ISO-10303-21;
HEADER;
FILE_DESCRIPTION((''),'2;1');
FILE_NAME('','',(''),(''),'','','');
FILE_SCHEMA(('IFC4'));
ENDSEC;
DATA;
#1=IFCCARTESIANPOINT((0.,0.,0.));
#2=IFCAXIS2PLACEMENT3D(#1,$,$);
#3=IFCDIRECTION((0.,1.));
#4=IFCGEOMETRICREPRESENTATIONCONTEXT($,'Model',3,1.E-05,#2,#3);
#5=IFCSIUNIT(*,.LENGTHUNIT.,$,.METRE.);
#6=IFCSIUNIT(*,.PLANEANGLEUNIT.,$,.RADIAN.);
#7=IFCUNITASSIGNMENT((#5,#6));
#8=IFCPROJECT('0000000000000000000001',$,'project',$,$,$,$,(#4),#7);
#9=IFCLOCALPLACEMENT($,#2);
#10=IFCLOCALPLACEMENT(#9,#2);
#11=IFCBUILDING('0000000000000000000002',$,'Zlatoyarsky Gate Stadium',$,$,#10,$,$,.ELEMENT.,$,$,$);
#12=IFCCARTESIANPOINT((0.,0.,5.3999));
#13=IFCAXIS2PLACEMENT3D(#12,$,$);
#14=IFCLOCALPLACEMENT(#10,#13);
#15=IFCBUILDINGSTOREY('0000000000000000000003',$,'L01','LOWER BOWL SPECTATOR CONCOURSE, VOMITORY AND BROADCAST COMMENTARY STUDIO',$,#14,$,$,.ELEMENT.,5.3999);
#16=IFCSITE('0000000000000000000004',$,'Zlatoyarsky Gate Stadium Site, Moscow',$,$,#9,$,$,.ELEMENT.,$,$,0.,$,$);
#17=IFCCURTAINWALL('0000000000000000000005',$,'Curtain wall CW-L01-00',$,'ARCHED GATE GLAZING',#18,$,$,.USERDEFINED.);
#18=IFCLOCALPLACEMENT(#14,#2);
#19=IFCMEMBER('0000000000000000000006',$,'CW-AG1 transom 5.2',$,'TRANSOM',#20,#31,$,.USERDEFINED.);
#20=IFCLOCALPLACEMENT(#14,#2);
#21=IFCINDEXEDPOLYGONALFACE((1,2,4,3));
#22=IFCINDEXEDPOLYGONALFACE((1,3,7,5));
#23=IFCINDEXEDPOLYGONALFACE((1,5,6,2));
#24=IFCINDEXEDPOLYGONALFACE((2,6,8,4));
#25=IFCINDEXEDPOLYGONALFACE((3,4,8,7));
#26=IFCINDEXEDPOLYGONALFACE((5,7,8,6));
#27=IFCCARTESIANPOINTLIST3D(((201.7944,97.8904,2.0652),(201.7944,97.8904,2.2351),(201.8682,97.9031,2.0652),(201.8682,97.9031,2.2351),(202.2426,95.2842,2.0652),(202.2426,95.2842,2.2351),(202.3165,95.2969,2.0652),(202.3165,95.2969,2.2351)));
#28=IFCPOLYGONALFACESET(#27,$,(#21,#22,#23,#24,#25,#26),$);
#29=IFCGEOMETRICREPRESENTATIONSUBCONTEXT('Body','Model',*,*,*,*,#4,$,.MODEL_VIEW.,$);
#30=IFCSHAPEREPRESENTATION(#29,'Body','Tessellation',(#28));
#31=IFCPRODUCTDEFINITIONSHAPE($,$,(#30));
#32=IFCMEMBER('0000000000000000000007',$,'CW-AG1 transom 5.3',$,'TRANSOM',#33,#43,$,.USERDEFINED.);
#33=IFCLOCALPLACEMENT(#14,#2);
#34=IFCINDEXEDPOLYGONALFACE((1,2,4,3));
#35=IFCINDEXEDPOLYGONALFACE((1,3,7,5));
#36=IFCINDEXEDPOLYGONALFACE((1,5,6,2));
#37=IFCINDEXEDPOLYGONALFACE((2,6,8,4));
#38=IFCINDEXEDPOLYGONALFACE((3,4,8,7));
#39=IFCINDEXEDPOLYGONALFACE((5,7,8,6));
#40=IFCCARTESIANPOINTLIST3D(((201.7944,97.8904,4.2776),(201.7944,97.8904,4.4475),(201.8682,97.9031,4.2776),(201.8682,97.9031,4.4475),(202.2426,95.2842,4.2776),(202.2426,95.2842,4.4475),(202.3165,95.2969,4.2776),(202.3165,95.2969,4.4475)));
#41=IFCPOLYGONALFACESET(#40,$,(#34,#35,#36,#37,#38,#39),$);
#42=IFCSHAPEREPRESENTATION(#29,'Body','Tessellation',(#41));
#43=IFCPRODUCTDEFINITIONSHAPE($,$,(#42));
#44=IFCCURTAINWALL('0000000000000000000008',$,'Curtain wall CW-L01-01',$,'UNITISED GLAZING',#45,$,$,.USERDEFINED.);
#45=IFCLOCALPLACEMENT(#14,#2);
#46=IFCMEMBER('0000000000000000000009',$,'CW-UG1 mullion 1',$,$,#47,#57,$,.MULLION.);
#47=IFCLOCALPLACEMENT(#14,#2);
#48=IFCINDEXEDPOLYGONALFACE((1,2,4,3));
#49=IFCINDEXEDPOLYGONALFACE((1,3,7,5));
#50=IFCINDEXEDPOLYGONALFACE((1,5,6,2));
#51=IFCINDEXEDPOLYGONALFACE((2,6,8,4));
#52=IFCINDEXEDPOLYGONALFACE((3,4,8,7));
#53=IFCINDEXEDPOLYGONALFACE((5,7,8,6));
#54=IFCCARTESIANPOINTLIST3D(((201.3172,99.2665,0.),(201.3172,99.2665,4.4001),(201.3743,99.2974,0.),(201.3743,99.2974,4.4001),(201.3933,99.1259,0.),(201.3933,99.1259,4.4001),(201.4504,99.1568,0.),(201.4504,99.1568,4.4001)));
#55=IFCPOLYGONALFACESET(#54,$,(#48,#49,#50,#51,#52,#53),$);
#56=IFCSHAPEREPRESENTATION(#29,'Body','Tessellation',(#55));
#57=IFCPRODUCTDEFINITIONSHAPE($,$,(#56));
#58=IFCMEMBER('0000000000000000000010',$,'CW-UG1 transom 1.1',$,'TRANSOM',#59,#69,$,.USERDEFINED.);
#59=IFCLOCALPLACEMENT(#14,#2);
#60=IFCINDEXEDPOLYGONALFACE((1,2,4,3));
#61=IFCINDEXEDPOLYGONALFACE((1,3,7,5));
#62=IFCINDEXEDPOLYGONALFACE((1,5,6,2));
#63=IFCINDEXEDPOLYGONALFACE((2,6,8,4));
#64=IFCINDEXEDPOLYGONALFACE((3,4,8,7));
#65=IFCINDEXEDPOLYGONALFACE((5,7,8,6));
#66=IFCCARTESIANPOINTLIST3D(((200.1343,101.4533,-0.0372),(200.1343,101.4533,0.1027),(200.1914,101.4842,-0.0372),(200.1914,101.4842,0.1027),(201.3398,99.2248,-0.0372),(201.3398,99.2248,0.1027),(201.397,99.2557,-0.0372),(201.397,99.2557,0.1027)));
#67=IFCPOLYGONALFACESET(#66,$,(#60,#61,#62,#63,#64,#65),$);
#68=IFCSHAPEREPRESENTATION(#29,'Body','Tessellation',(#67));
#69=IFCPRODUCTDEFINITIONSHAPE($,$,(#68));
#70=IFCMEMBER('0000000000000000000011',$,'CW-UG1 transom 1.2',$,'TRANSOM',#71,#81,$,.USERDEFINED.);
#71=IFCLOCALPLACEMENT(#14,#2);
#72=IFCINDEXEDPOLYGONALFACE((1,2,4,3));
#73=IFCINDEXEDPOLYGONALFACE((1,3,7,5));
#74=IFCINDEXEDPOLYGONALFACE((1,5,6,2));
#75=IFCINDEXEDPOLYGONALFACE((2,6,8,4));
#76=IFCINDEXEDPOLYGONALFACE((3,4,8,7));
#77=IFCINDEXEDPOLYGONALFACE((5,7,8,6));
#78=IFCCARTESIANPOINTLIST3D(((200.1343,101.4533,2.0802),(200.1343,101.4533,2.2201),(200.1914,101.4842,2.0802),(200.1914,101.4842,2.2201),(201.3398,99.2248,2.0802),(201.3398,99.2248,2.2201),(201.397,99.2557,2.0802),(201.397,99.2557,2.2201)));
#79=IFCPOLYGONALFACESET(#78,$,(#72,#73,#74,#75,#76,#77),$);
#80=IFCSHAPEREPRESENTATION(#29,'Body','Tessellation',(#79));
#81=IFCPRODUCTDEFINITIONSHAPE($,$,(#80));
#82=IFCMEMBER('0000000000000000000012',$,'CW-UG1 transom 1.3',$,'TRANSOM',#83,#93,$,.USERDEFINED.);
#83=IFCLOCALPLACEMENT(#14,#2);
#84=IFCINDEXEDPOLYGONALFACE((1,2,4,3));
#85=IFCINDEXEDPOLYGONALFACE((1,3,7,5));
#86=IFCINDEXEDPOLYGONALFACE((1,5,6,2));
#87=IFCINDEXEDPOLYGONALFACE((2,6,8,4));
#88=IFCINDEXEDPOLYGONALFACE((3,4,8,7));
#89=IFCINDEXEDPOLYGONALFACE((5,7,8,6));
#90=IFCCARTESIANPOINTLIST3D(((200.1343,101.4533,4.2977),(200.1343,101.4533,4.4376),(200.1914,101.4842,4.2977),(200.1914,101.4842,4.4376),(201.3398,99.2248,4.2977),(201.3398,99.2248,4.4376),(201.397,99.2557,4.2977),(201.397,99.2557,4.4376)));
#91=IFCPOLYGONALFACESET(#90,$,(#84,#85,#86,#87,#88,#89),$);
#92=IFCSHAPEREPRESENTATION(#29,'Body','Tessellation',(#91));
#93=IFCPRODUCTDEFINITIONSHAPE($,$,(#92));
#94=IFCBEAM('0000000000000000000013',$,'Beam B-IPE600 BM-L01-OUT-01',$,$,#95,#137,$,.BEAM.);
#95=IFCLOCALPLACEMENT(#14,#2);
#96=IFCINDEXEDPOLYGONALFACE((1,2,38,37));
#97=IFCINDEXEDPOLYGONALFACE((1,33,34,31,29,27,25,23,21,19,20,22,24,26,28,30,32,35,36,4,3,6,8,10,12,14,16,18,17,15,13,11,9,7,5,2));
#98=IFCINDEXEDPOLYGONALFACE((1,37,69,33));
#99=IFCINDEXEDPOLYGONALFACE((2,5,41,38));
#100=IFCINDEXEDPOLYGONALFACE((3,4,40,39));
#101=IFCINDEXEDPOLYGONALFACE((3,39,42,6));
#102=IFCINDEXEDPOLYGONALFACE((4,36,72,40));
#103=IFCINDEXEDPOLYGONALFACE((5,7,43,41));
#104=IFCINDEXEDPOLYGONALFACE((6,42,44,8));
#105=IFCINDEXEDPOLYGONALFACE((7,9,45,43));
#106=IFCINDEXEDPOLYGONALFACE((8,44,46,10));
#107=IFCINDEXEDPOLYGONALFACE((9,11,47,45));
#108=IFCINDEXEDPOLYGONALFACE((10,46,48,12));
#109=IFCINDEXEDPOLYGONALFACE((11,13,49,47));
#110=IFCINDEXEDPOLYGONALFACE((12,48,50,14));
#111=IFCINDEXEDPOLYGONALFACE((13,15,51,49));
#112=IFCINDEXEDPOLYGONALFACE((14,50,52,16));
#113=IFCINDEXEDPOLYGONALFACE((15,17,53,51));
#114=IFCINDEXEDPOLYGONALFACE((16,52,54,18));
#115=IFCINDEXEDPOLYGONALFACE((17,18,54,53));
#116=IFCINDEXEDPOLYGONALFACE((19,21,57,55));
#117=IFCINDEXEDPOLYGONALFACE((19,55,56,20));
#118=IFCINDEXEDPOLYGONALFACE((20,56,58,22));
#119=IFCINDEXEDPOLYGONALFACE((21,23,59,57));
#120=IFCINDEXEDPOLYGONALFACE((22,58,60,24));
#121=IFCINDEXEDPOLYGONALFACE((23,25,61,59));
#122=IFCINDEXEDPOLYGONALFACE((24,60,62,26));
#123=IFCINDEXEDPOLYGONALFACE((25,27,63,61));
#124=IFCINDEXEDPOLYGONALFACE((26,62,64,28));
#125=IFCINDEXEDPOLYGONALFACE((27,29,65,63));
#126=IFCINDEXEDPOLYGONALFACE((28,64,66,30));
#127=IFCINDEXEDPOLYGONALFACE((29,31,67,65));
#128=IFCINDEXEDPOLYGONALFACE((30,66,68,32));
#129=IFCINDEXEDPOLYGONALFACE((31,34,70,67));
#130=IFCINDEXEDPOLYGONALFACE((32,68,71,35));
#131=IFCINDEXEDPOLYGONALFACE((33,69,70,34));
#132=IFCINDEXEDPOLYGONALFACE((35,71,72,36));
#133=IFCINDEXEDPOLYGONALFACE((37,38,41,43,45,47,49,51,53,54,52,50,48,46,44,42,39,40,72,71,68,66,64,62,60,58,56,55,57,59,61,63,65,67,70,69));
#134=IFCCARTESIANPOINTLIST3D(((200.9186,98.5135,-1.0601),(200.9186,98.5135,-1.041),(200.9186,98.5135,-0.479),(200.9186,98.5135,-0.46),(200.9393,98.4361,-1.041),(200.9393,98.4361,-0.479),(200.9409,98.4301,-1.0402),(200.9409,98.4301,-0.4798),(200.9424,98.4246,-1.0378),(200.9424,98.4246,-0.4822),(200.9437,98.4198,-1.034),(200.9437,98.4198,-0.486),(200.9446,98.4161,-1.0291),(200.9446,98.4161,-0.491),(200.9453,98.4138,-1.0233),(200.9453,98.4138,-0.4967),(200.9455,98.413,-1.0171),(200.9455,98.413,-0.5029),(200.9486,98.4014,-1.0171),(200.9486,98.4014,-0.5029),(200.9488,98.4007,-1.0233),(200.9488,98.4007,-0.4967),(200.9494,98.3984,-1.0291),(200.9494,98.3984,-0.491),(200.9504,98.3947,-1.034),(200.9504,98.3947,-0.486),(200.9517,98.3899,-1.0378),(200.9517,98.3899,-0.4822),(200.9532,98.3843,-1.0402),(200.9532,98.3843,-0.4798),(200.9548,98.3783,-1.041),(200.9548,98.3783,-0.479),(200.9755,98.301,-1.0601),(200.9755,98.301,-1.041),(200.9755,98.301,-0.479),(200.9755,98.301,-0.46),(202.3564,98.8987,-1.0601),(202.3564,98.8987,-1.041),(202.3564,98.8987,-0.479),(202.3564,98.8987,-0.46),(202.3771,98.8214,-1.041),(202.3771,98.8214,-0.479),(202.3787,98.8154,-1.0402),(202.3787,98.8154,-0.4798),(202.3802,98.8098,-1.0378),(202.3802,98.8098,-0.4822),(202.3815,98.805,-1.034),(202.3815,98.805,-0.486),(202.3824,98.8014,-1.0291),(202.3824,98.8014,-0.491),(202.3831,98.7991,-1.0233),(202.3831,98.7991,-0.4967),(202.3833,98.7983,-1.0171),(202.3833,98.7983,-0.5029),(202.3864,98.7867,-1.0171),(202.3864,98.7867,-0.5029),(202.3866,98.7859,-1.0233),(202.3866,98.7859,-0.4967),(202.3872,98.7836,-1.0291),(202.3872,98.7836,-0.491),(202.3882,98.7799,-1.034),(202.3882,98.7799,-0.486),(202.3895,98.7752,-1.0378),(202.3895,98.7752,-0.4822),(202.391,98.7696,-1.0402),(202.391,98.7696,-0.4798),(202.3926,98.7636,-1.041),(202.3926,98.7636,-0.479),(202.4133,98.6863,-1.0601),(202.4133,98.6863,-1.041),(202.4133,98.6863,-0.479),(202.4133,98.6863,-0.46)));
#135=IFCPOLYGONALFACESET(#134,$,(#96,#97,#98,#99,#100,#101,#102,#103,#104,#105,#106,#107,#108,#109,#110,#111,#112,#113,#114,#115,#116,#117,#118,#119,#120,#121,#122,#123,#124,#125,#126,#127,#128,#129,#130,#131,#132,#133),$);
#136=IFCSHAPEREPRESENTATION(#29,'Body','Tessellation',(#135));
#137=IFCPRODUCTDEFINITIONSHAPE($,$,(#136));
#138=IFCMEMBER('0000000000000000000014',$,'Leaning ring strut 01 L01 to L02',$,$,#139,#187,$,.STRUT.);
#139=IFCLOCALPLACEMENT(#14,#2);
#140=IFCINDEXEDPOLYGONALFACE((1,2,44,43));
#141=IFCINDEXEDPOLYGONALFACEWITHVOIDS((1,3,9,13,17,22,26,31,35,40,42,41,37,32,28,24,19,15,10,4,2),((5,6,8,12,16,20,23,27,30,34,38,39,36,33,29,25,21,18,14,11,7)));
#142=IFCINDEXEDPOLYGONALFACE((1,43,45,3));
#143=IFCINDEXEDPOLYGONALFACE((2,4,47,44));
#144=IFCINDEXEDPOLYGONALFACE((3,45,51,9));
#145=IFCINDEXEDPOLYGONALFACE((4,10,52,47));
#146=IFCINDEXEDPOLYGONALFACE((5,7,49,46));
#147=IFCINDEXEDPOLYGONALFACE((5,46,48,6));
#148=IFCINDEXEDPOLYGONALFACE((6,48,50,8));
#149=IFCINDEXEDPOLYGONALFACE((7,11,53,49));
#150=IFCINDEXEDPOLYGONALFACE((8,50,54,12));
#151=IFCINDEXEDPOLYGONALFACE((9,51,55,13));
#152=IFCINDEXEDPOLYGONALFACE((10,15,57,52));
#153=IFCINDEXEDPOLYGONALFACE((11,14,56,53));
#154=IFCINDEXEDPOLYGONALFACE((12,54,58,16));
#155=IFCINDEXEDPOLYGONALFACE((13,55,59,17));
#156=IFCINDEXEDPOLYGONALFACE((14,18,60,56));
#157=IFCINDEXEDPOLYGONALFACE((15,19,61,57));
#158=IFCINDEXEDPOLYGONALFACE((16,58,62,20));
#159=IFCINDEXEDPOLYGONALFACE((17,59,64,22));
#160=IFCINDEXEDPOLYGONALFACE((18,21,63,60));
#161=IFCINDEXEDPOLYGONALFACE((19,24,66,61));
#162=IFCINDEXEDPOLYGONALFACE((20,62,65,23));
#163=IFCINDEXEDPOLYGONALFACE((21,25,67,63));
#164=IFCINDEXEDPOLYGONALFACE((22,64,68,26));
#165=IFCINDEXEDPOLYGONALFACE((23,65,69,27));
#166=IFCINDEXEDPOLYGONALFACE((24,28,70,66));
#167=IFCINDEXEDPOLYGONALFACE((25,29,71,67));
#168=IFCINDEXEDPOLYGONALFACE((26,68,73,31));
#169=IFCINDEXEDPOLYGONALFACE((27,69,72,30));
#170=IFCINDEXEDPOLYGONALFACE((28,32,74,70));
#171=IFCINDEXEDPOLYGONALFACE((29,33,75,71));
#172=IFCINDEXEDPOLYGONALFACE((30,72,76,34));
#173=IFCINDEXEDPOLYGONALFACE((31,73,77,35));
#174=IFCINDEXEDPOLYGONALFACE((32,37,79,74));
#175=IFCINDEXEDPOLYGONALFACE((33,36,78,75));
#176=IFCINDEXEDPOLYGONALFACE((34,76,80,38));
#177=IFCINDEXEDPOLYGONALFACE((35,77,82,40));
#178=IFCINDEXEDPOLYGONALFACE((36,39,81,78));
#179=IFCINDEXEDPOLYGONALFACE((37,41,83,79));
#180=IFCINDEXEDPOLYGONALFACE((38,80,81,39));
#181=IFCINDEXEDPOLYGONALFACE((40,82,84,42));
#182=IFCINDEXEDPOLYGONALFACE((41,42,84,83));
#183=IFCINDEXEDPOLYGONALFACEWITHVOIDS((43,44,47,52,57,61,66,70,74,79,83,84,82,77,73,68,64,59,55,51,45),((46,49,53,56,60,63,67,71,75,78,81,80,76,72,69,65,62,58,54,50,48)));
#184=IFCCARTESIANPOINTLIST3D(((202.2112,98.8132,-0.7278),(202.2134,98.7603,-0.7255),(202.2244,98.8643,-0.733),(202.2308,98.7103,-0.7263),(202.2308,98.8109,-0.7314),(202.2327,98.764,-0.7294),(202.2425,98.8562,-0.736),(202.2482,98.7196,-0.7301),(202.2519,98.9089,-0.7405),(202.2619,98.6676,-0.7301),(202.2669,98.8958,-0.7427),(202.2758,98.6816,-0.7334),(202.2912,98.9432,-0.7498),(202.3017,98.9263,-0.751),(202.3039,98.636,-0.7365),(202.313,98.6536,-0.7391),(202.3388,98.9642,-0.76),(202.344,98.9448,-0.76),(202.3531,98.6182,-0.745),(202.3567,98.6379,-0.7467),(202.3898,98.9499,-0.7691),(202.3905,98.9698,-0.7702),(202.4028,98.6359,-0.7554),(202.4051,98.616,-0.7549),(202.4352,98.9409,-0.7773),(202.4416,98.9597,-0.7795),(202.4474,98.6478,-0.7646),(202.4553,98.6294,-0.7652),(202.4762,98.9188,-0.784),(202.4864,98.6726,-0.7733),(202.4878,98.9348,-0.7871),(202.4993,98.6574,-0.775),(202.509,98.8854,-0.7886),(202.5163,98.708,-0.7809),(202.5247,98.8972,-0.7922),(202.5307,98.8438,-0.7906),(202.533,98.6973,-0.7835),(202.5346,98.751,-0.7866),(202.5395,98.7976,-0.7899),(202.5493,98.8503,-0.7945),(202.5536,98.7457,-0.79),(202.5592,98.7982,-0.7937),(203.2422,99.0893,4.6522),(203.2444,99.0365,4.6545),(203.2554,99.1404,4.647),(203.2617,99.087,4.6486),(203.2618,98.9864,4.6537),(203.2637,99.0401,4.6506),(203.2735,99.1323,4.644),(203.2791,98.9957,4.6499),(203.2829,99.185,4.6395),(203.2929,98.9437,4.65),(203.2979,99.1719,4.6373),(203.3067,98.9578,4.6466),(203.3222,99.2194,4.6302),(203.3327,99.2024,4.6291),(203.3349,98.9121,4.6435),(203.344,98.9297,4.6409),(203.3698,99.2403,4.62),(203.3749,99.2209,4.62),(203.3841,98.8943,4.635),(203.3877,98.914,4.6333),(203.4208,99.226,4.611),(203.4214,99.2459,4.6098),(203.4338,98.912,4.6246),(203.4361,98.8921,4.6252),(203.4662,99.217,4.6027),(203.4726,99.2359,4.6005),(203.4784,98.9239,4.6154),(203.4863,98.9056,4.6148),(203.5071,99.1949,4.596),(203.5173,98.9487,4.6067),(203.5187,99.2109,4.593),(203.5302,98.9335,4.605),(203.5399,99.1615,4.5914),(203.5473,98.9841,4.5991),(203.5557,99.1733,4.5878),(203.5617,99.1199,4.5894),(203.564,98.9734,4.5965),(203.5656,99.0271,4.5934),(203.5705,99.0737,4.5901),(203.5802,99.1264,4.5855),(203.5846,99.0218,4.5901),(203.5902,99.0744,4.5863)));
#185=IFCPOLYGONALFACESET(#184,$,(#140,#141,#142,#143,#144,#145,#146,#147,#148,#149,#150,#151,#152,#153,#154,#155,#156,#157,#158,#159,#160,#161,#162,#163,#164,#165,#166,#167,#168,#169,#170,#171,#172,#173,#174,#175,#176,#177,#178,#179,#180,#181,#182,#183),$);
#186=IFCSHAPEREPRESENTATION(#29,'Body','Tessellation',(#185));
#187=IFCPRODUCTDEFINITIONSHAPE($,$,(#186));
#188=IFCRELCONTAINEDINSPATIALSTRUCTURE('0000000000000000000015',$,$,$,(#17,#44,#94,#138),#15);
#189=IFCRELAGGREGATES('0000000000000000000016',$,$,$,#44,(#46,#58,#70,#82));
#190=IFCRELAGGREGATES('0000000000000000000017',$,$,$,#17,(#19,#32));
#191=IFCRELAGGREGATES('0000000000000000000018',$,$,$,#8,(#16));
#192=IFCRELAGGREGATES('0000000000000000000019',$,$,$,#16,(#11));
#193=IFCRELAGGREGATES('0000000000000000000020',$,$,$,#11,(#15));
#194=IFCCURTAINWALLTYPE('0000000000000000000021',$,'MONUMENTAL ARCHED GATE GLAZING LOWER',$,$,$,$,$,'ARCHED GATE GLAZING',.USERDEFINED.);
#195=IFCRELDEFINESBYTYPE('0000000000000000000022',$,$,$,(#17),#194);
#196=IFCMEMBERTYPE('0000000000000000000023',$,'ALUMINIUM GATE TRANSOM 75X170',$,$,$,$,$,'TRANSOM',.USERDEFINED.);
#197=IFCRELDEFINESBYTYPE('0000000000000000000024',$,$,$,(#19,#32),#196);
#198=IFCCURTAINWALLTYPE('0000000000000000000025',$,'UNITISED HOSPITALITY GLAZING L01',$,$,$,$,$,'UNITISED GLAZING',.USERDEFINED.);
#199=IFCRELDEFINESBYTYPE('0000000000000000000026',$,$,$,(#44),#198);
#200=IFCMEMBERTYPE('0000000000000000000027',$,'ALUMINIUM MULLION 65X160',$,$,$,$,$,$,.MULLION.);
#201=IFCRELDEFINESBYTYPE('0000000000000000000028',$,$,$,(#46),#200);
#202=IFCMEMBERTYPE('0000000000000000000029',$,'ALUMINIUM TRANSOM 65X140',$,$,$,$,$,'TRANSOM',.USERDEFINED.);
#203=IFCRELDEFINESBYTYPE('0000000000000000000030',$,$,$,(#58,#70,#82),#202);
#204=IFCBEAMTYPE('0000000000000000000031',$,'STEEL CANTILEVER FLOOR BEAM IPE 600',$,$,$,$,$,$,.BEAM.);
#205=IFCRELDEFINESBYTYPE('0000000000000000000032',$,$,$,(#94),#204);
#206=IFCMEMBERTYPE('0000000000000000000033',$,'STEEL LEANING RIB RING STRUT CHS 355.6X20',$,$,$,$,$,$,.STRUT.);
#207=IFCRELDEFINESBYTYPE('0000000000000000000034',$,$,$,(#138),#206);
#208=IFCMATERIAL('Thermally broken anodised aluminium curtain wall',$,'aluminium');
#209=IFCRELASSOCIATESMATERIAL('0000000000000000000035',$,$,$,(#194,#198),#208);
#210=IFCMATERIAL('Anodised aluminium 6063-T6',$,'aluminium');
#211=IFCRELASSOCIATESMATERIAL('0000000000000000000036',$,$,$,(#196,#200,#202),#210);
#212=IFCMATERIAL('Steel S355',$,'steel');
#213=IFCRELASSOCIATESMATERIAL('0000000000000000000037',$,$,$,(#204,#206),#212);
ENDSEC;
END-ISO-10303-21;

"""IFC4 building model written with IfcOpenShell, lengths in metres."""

from ifc_helpers import new_model, si_unit, direction, frame, origin, origin_2d, place, context, subcontext, project, spatial, rectangle, hollow_circle, i_section, extrude, material, material_profile, profile_set, type_object, element, aggregate, save


model = new_model("IFC4")

# Units and contexts
model_context = context("Model", 3, precision=1e-05, world=origin(), true_north=direction((0.0, 1.0)))
body_context = subcontext(model_context, "Body", "Model", "MODEL_VIEW")
ifc_project = project(units=[si_unit("LENGTHUNIT", "METRE"), si_unit("PLANEANGLEUNIT", "RADIAN")], contexts=[model_context])

# Site, building, storey
site_placement = place(None, origin())
site = spatial("IfcSite", under=ifc_project, at=site_placement, Name="Zlatoyarsky Gate Stadium Site, Moscow", CompositionType="ELEMENT", RefElevation=0.0)
building_placement = place(site_placement, origin())
building = spatial("IfcBuilding", under=site, at=building_placement, Name="Zlatoyarsky Gate Stadium", CompositionType="ELEMENT")
storey_placement = place(building_placement, frame((0.0, 0.0, 5.3999)))
storey = spatial("IfcBuildingStorey", under=building, at=storey_placement, Name="L01", Description="LOWER BOWL SPECTATOR CONCOURSE, VOMITORY AND BROADCAST COMMENTARY STUDIO", CompositionType="ELEMENT", Elevation=5.3999)

# Shared definitions
ifc_material_1 = material(Name="Steel S355", Category="steel")

# Curtain walls, members
ifc_material_2 = material(Name="Thermally broken anodised aluminium curtain wall", Category="aluminium")
curtain_wall_type_1 = type_object("IfcCurtainWallType", Name="MONUMENTAL ARCHED GATE GLAZING LOWER", ElementType="ARCHED GATE GLAZING", PredefinedType="USERDEFINED", material=ifc_material_2)
curtain_wall_1_placement = place(storey_placement, origin())
curtain_wall_1 = element("IfcCurtainWall", 1, at=curtain_wall_1_placement, inside=storey, type_object=curtain_wall_type_1, Name="Curtain wall CW-L01-00", ObjectType="ARCHED GATE GLAZING", PredefinedType="USERDEFINED")
ifc_material_3 = material(Name="Anodised aluminium 6063-T6", Category="aluminium")
ifc_material_profile_1 = material_profile(ifc_material_3, rectangle(XDim=0.075, YDim=0.1699, at=origin_2d()), Name="ALU 75X170")
ifc_profile_set_1 = profile_set([ifc_material_profile_1], Name="Anodised aluminium 6063-T6")
member_type_1 = type_object("IfcMemberType", Name="ALUMINIUM GATE TRANSOM 75X170", ElementType="TRANSOM", PredefinedType="USERDEFINED", material=ifc_profile_set_1)
member_1_placement = place(storey_placement, frame((202.2795, 95.2905, 2.1501), z_axis=(-0.169502, 0.98553, 0.0), x_axis=(-0.98553, -0.169502, 0.0)))
member_1 = element("IfcMember", 2, at=member_1_placement, type_object=member_type_1, Name="CW-AG1 transom 5.2", ObjectType="TRANSOM", PredefinedType="USERDEFINED", context=body_context, shape_type="SweptSolid", body=[
    extrude(rectangle(XDim=0.075, YDim=0.1699, at=origin_2d()), origin(), (0.0, 0.0, 1.0), 2.6445),
])
member_2_placement = place(storey_placement, frame((202.2795, 95.2905, 4.3625), z_axis=(-0.169502, 0.98553, 0.0), x_axis=(-0.98553, -0.169502, 0.0)))
member_2 = element("IfcMember", 3, at=member_2_placement, type_object=member_type_1, Name="CW-AG1 transom 5.3", ObjectType="TRANSOM", PredefinedType="USERDEFINED", context=body_context, shape_type="SweptSolid", body=[
    extrude(rectangle(XDim=0.075, YDim=0.1699, at=origin_2d()), origin(), (0.0, 0.0, 1.0), 2.6445),
])
curtain_wall_type_2 = type_object("IfcCurtainWallType", Name="UNITISED HOSPITALITY GLAZING L01", ElementType="UNITISED GLAZING", PredefinedType="USERDEFINED", material=ifc_material_2)
curtain_wall_2_placement = place(storey_placement, origin())
curtain_wall_2 = element("IfcCurtainWall", 4, at=curtain_wall_2_placement, inside=storey, type_object=curtain_wall_type_2, Name="Curtain wall CW-L01-01", ObjectType="UNITISED GLAZING", PredefinedType="USERDEFINED")
ifc_material_profile_2 = material_profile(ifc_material_3, rectangle(XDim=0.0649, YDim=0.1599, at=origin_2d()), Name="ALU 65X160")
ifc_profile_set_2 = profile_set([ifc_material_profile_2], Name="Anodised aluminium 6063-T6")
member_type_2 = type_object("IfcMemberType", Name="ALUMINIUM MULLION 65X160", PredefinedType="MULLION", material=ifc_profile_set_2)
member_3_placement = place(storey_placement, frame((201.3838, 99.2117, 0.0), z_axis=(0.0, 0.0, 1.0), x_axis=(-0.879562, -0.475784, 0.0)))
member_3 = element("IfcMember", 5, at=member_3_placement, type_object=member_type_2, Name="CW-UG1 mullion 1", PredefinedType="MULLION", context=body_context, shape_type="SweptSolid", body=[
    extrude(rectangle(XDim=0.0649, YDim=0.1599, at=origin_2d()), origin(), (0.0, 0.0, 1.0), 4.4001),
])
ifc_material_profile_3 = material_profile(ifc_material_3, rectangle(XDim=0.0649, YDim=0.1399, at=origin_2d()), Name="ALU 65X140")
ifc_profile_set_3 = profile_set([ifc_material_profile_3], Name="Anodised aluminium 6063-T6")
member_type_3 = type_object("IfcMemberType", Name="ALUMINIUM TRANSOM 65X140", ElementType="TRANSOM", PredefinedType="USERDEFINED", material=ifc_profile_set_3)
member_4_placement = place(storey_placement, frame((201.3684, 99.2402, 0.0327), z_axis=(-0.475811, 0.879547, 0.0), x_axis=(-0.879547, -0.475811, 0.0)))
member_4 = element("IfcMember", 6, at=member_4_placement, type_object=member_type_3, Name="CW-UG1 transom 1.1", ObjectType="TRANSOM", PredefinedType="USERDEFINED", context=body_context, shape_type="SweptSolid", body=[
    extrude(rectangle(XDim=0.0649, YDim=0.1399, at=origin_2d()), origin(), (0.0, 0.0, 1.0), 2.5337),
])
member_5_placement = place(storey_placement, frame((201.3684, 99.2402, 2.1501), z_axis=(-0.475811, 0.879547, 0.0), x_axis=(-0.879547, -0.475811, 0.0)))
member_5 = element("IfcMember", 7, at=member_5_placement, type_object=member_type_3, Name="CW-UG1 transom 1.2", ObjectType="TRANSOM", PredefinedType="USERDEFINED", context=body_context, shape_type="SweptSolid", body=[
    extrude(rectangle(XDim=0.0649, YDim=0.1399, at=origin_2d()), origin(), (0.0, 0.0, 1.0), 2.5337),
])
member_6_placement = place(storey_placement, frame((201.3684, 99.2402, 4.3677), z_axis=(-0.475811, 0.879547, 0.0), x_axis=(-0.879547, -0.475811, 0.0)))
member_6 = element("IfcMember", 8, at=member_6_placement, type_object=member_type_3, Name="CW-UG1 transom 1.3", ObjectType="TRANSOM", PredefinedType="USERDEFINED", context=body_context, shape_type="SweptSolid", body=[
    extrude(rectangle(XDim=0.0649, YDim=0.1399, at=origin_2d()), origin(), (0.0, 0.0, 1.0), 2.5337),
])
aggregate(curtain_wall_2, [member_3, member_4, member_5, member_6])

# Beam
ifc_material_profile_4 = material_profile(ifc_material_1, i_section(OverallWidth=0.22, OverallDepth=0.6001, WebThickness=0.012, FlangeThickness=0.019, FilletRadius=0.0239, at=origin_2d()), Name="IPE 600")
ifc_profile_set_4 = profile_set([ifc_material_profile_4], Name="Steel S355")
beam_type_1 = type_object("IfcBeamType", Name="STEEL CANTILEVER FLOOR BEAM IPE 600", PredefinedType="BEAM", material=ifc_profile_set_4)
beam_1_placement = place(storey_placement, frame((200.947, 98.4072, -0.76), z_axis=(0.965924, 0.258826, 0.0), x_axis=(-0.258826, 0.965924, 0.0)))
element("IfcBeam", 9, at=beam_1_placement, inside=storey, type_object=beam_type_1, Name="Beam B-IPE600 BM-L01-OUT-01", PredefinedType="BEAM", context=body_context, shape_type="SweptSolid", body=[
    extrude(i_section(OverallWidth=0.22, OverallDepth=0.6001, WebThickness=0.012, FlangeThickness=0.019, FilletRadius=0.0239, at=origin_2d()), origin(), (0.0, 0.0, 1.0), 1.4885),
])

# Member
ifc_material_profile_5 = material_profile(ifc_material_1, hollow_circle(Radius=0.1777, WallThickness=0.02, at=origin_2d()), Name="CHS 355.6X20")
ifc_profile_set_5 = profile_set([ifc_material_profile_5], Name="Steel S355")
member_type_4 = type_object("IfcMemberType", Name="STEEL LEANING RIB RING STRUT CHS 355.6X20", PredefinedType="STRUT", material=ifc_profile_set_5)
member_7_placement = place(storey_placement, frame((202.3848, 98.7925, -0.76), z_axis=(0.187969, 0.050342, 0.980884), x_axis=(-0.258702, 0.965957, 0.0)))
element("IfcMember", 10, at=member_7_placement, inside=storey, type_object=member_type_4, Name="Leaning ring strut 01 L01 to L02", PredefinedType="STRUT", context=body_context, shape_type="SweptSolid", body=[
    extrude(hollow_circle(Radius=0.1777, WallThickness=0.02, at=origin_2d()), origin(), (0.0, 0.0, 1.0), 5.4849),
])

aggregate(curtain_wall_1, [member_1, member_2])

save(model, "model.ifc")
